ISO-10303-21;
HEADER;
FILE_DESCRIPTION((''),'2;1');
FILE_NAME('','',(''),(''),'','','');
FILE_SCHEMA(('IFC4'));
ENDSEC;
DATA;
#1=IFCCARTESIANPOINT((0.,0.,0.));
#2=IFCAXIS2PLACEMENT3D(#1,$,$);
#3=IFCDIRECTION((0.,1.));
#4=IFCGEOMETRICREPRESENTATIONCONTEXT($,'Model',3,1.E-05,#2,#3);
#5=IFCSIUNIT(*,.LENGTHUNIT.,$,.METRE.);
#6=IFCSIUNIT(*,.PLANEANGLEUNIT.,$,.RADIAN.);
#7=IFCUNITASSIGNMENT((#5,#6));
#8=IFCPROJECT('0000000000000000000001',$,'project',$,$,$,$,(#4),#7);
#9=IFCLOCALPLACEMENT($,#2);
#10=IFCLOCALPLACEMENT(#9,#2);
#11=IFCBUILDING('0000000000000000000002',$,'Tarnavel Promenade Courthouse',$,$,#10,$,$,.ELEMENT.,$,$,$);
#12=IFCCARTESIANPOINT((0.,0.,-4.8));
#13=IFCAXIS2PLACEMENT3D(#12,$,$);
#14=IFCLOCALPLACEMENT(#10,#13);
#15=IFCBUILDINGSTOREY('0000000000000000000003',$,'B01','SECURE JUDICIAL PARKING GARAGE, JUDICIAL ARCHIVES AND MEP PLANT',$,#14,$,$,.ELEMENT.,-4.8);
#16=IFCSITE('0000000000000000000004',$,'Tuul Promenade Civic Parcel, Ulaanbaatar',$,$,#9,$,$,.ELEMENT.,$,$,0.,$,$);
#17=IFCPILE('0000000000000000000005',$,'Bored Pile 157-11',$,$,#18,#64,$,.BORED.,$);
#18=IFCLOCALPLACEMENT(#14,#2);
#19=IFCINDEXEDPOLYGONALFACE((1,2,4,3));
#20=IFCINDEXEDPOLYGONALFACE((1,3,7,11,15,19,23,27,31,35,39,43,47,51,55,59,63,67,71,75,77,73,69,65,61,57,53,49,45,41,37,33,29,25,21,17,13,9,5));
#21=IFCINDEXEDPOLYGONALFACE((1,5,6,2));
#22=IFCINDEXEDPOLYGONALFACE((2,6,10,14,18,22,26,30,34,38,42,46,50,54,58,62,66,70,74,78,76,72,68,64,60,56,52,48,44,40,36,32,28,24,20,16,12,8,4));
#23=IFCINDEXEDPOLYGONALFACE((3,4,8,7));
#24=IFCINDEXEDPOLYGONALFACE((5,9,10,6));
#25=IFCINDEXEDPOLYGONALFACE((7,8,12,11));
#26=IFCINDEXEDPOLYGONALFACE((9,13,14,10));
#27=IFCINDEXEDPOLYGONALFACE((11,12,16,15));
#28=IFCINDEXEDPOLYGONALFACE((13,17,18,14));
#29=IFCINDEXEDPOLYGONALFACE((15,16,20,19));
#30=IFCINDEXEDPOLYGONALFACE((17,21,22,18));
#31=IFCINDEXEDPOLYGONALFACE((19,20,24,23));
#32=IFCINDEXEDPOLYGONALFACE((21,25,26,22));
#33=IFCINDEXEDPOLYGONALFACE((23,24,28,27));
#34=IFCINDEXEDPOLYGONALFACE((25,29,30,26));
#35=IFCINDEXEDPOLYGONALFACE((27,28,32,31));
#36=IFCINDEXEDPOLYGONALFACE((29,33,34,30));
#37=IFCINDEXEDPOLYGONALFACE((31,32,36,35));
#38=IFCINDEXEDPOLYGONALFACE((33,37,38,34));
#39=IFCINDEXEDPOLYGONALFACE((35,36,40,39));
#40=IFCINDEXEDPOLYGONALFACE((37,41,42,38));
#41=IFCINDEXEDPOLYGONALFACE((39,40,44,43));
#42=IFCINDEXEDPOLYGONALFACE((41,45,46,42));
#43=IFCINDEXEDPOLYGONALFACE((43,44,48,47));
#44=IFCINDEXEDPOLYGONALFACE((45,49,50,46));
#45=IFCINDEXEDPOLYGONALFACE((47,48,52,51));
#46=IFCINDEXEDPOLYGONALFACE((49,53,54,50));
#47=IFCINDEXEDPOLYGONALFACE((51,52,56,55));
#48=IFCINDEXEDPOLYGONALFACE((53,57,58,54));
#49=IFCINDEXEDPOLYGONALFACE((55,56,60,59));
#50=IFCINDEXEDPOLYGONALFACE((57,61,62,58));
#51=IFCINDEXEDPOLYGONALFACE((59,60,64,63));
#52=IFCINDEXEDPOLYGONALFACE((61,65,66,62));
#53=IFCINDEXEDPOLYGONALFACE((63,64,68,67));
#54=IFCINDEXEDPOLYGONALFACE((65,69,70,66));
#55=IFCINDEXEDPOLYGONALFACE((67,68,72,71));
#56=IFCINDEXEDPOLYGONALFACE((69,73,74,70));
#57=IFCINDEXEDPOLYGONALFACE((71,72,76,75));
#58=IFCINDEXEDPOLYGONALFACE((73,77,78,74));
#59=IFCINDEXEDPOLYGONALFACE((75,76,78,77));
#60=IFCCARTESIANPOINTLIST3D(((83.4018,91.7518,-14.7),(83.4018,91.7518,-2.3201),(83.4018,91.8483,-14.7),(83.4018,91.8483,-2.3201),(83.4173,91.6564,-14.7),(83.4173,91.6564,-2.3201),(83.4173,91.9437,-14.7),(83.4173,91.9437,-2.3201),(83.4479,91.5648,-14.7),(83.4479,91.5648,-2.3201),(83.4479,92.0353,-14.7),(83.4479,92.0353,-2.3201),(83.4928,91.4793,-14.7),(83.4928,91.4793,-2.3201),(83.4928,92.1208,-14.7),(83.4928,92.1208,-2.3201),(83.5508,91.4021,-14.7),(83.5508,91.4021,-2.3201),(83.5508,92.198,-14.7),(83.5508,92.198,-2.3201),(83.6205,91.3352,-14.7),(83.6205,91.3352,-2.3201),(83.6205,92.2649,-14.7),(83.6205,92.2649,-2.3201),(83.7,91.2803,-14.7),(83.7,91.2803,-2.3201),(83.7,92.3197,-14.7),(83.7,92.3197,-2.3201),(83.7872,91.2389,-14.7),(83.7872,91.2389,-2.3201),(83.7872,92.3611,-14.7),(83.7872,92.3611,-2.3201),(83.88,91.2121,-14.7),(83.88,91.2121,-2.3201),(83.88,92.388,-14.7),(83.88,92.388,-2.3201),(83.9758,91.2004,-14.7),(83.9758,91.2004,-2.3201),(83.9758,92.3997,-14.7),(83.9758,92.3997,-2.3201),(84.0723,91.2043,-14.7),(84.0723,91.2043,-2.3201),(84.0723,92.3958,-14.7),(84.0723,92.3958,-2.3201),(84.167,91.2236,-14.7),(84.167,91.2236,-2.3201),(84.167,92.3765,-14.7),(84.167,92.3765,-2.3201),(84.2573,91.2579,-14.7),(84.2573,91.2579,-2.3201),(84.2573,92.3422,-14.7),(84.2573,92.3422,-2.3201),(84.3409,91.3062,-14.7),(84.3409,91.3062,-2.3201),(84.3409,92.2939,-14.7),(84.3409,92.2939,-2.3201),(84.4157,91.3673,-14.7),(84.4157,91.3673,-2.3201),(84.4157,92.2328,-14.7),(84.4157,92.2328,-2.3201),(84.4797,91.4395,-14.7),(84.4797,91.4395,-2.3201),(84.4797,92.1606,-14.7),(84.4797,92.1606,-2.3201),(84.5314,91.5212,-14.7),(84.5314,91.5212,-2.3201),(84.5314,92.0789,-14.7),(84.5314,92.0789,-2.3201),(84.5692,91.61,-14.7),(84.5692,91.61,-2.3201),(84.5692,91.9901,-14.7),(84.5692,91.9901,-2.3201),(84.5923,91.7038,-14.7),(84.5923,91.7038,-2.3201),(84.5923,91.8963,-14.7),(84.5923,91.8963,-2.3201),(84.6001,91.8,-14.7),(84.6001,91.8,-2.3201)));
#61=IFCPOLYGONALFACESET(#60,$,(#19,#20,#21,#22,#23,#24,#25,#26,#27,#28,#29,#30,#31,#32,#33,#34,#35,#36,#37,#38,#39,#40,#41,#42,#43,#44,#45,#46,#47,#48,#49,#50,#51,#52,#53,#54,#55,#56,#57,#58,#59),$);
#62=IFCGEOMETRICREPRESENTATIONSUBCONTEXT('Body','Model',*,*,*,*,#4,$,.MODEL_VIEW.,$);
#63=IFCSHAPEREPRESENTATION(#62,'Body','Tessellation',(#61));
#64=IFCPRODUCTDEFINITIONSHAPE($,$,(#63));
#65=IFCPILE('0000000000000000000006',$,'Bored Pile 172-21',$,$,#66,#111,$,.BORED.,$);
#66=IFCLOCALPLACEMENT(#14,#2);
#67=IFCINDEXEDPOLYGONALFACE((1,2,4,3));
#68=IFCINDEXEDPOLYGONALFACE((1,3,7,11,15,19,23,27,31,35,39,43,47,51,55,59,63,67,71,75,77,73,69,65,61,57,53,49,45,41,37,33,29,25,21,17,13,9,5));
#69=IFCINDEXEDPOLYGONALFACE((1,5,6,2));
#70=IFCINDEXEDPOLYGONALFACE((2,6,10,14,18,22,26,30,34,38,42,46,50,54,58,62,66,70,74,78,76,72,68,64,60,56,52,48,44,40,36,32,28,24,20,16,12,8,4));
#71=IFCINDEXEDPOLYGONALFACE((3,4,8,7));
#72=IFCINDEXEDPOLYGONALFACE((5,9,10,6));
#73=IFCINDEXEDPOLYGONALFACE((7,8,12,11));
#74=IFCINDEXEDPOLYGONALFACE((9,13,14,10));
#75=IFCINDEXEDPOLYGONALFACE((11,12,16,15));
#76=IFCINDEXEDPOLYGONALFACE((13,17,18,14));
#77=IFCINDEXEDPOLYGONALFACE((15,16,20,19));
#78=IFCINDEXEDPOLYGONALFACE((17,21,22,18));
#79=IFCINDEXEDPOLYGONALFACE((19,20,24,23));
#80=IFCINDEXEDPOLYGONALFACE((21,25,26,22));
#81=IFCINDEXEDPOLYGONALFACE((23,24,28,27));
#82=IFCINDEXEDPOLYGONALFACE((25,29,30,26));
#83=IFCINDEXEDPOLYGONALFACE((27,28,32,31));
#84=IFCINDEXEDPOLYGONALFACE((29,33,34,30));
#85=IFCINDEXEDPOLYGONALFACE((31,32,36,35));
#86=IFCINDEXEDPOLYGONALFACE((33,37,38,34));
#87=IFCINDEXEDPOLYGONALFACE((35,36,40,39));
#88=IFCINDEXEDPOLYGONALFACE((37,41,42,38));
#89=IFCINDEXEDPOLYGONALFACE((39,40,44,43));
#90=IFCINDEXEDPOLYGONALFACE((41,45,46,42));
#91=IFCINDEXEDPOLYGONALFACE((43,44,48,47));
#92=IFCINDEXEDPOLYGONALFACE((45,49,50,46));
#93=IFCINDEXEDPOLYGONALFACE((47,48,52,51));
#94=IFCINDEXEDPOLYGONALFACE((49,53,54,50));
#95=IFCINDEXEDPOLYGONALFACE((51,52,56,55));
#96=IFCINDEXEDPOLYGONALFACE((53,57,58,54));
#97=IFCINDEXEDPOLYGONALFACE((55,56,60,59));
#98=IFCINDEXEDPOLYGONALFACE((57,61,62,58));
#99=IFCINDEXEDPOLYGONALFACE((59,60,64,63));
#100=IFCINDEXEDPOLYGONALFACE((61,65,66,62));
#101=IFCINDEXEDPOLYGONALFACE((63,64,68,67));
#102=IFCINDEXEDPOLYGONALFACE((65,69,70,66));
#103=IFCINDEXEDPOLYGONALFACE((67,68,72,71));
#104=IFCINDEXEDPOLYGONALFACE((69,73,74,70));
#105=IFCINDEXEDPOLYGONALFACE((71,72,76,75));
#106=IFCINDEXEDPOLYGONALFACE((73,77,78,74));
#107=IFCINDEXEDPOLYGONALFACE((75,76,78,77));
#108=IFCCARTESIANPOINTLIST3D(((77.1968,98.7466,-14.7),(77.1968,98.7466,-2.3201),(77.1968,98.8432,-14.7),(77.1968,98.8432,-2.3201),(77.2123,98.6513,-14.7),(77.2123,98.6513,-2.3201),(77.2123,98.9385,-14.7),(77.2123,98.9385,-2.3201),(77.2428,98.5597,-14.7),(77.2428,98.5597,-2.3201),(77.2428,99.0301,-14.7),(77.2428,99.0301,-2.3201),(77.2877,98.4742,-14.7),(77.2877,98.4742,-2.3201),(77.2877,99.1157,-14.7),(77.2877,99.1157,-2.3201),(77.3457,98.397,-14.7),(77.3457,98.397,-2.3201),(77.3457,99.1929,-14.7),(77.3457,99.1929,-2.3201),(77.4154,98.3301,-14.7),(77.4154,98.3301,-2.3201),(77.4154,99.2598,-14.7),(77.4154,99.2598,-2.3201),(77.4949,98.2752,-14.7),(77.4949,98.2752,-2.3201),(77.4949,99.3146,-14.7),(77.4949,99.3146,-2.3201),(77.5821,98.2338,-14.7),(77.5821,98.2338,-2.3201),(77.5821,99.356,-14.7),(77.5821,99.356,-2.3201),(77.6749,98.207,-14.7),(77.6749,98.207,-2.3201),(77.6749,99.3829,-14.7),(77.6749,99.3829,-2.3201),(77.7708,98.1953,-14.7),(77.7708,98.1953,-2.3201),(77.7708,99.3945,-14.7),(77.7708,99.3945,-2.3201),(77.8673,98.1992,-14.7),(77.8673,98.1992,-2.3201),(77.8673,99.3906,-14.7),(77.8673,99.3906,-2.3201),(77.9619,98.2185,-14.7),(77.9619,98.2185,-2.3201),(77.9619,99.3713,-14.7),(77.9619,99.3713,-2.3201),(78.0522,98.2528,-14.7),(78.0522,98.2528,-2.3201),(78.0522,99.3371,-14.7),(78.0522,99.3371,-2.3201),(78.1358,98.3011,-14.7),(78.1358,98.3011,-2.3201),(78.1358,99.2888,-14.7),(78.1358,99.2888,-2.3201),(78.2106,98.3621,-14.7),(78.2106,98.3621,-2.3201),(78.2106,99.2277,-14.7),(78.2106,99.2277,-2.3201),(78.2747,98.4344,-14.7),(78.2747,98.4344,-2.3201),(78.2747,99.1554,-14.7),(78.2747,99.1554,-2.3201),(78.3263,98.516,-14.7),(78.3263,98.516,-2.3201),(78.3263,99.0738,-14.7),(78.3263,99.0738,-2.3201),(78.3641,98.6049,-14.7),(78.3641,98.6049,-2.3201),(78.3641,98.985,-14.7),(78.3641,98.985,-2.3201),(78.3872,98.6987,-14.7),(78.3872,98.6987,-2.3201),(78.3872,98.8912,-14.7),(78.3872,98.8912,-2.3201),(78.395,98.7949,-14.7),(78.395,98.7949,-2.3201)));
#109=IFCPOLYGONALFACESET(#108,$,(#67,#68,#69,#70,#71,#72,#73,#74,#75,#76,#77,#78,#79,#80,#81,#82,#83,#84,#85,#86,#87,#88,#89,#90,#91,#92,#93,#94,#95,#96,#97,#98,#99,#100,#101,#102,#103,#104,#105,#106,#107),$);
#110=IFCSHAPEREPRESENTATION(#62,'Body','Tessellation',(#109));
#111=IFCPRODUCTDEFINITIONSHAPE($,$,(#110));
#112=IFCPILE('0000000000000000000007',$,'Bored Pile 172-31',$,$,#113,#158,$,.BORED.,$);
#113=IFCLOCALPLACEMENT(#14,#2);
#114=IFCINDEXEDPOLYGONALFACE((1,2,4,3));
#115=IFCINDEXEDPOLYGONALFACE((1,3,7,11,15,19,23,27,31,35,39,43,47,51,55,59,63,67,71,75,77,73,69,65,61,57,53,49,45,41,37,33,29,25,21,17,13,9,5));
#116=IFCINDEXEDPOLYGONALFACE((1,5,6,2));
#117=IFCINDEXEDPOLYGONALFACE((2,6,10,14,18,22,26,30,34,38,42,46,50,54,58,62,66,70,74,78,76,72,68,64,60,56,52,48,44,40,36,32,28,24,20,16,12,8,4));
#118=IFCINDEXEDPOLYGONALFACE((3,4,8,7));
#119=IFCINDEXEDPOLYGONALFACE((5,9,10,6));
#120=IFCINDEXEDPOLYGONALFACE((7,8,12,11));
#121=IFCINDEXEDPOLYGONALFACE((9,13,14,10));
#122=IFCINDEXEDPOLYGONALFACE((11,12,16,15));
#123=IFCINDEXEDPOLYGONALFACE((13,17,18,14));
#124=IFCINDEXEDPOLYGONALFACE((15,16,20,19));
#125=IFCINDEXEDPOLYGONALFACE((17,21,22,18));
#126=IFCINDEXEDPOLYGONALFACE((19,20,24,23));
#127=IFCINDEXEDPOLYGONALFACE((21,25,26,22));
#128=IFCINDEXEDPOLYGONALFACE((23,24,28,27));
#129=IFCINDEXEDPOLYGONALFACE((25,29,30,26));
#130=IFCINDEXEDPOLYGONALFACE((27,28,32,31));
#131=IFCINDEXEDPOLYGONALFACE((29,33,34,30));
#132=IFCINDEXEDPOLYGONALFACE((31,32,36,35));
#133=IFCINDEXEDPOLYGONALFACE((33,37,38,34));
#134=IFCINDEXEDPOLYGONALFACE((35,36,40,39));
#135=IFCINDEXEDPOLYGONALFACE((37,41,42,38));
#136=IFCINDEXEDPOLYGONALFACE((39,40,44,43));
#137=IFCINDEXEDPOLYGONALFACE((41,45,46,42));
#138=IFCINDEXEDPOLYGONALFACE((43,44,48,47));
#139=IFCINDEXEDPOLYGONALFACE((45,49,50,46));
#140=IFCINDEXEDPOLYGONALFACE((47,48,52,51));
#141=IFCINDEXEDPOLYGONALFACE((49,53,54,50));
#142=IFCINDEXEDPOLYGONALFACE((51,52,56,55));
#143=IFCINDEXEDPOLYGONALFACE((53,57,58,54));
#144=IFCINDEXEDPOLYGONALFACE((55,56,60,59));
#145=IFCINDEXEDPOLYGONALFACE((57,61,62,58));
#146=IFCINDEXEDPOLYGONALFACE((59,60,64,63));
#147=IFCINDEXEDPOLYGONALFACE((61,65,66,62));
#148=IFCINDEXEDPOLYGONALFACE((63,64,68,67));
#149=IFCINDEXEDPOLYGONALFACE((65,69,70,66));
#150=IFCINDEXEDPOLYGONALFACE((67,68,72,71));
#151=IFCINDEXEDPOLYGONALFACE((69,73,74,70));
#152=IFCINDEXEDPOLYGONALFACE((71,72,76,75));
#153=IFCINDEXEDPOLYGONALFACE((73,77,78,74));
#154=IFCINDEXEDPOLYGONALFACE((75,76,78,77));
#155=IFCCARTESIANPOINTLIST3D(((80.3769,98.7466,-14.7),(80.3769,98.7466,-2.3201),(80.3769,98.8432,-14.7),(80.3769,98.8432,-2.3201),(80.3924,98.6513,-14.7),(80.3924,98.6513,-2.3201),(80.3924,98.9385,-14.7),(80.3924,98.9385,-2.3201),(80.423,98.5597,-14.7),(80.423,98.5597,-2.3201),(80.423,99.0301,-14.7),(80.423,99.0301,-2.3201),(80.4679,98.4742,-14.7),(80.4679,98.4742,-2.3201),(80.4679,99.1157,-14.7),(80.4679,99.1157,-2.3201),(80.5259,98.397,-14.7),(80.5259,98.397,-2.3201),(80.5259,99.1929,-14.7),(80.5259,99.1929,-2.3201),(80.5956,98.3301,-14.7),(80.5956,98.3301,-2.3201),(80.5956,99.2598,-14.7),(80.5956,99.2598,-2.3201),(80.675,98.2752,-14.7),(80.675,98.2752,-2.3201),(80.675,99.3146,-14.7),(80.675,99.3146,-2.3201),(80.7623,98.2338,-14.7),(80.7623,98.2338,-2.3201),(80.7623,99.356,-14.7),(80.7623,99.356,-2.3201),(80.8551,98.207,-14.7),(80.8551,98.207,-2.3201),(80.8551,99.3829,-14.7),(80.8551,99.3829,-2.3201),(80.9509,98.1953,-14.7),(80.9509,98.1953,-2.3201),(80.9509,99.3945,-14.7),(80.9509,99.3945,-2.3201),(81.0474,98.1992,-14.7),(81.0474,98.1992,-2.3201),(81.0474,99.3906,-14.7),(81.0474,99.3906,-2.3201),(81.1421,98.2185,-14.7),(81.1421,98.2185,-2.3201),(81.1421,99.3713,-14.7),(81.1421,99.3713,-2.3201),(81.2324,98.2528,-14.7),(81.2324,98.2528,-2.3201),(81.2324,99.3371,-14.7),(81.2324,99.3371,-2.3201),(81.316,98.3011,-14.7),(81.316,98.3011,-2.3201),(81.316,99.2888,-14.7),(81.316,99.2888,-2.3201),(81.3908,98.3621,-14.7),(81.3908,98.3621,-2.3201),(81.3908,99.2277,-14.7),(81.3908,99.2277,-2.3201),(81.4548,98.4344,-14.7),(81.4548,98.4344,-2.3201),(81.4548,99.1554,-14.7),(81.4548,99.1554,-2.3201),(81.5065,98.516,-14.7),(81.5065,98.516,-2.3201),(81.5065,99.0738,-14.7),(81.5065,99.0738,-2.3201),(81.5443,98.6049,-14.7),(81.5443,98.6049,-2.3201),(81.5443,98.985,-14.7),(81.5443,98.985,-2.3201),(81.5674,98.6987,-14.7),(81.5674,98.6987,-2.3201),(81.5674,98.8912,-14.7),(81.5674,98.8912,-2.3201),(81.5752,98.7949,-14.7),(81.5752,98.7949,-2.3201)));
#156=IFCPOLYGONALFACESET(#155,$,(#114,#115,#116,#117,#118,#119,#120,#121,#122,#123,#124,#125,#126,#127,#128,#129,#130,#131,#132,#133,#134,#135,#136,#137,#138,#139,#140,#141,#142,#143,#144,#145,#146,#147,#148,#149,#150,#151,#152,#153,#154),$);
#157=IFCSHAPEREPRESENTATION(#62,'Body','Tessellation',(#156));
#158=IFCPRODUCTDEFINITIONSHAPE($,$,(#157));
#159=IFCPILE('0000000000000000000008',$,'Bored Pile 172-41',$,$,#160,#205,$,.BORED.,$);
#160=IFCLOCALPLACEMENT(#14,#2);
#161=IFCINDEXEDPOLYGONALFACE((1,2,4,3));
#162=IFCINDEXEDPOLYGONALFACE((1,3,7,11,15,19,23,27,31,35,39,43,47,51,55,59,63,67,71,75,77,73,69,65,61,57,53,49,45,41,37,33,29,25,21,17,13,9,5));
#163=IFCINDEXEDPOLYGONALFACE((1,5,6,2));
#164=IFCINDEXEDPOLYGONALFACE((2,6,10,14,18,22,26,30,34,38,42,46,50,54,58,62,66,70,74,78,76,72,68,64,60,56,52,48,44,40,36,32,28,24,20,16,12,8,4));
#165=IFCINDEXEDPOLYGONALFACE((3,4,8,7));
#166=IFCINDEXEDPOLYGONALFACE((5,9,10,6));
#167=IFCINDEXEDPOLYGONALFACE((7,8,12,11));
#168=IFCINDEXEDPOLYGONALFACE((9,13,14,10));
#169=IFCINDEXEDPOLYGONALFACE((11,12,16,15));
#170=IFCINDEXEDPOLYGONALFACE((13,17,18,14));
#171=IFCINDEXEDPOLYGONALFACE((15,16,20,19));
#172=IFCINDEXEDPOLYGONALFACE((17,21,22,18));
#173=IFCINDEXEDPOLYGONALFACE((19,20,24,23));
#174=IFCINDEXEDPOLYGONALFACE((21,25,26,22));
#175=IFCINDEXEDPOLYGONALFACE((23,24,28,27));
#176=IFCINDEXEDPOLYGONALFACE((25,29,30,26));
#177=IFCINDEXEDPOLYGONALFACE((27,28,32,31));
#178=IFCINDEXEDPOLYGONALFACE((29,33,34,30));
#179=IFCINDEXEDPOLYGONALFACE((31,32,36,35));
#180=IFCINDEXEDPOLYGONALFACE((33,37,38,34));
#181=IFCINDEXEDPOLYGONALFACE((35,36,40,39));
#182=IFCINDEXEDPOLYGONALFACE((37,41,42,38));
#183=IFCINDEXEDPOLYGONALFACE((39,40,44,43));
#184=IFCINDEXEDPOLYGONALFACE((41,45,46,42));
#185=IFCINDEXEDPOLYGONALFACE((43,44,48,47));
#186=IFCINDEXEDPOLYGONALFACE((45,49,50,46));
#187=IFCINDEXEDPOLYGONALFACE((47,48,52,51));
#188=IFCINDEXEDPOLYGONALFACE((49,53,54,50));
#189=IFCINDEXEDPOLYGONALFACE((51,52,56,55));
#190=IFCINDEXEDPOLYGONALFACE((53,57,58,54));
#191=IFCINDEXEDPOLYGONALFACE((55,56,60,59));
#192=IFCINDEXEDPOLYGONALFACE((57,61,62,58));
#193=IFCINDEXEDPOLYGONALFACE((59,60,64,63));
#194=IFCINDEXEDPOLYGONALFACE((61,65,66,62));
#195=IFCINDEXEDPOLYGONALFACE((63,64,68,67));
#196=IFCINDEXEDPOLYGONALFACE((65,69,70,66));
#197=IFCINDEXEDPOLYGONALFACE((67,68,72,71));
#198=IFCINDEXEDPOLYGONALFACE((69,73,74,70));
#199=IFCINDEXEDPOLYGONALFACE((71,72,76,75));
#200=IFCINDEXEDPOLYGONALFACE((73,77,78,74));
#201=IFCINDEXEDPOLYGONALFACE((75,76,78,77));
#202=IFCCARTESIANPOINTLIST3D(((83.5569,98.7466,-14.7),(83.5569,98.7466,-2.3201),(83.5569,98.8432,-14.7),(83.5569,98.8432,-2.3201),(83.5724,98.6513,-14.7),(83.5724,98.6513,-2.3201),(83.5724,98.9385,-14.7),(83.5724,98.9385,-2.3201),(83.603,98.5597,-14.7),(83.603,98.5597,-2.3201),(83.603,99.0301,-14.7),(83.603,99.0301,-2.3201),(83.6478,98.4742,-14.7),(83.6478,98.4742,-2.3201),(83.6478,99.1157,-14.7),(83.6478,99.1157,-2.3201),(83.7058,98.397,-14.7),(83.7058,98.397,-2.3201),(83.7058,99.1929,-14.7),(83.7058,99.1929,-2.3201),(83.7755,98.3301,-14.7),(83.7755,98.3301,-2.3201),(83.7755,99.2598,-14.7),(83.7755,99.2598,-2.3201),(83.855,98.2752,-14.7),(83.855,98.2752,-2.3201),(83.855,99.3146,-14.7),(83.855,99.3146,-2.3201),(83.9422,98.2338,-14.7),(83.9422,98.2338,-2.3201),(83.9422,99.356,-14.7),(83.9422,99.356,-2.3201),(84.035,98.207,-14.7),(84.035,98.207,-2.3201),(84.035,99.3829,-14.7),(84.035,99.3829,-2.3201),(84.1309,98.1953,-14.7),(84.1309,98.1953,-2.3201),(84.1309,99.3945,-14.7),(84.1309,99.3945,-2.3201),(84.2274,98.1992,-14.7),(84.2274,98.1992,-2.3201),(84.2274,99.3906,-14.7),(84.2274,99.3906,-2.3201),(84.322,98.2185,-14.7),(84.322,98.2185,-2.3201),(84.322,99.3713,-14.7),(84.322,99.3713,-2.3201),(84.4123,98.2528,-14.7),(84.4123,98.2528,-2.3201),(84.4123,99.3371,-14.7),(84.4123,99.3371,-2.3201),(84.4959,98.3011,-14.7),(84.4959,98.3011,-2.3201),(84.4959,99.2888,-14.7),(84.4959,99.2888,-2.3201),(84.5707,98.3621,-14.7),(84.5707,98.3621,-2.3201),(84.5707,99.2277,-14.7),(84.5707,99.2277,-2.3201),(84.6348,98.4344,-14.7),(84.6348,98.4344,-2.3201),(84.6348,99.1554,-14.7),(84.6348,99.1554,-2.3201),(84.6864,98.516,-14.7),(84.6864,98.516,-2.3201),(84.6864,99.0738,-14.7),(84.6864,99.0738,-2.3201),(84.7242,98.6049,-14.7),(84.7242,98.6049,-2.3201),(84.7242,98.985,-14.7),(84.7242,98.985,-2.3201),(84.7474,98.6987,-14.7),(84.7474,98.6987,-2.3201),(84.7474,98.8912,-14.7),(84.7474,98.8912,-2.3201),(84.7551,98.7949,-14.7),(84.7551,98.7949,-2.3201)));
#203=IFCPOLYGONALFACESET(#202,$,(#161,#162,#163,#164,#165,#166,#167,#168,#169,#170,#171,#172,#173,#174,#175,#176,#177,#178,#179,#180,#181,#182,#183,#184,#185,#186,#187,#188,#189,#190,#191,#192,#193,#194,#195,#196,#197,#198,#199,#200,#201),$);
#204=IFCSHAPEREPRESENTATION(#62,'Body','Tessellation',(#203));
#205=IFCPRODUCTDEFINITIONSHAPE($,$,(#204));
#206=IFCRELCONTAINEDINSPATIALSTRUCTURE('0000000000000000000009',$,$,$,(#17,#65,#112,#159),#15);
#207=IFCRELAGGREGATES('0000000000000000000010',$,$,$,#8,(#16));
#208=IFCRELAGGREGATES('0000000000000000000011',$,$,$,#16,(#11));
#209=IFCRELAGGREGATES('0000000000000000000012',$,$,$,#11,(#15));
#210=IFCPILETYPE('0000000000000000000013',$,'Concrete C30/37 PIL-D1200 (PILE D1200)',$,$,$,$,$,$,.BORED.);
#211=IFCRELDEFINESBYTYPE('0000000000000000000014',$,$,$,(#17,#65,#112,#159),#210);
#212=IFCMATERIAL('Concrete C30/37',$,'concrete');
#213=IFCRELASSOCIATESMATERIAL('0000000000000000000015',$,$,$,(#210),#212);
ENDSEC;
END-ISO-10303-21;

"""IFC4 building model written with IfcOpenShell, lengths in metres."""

from ifc_helpers import new_model, si_unit, direction, frame, origin, origin_2d, place, context, subcontext, project, spatial, circle, extrude, material, material_profile, profile_set, type_object, element, save


model = new_model("IFC4")

# Units and contexts
model_context = context("Model", 3, precision=1e-05, world=origin(), true_north=direction((0.0, 1.0)))
body_context = subcontext(model_context, "Body", "Model", "MODEL_VIEW")
ifc_project = project(units=[si_unit("LENGTHUNIT", "METRE"), si_unit("PLANEANGLEUNIT", "RADIAN")], contexts=[model_context])

# Site, building, storey
site_placement = place(None, origin())
site = spatial("IfcSite", under=ifc_project, at=site_placement, Name="Tuul Promenade Civic Parcel, Ulaanbaatar", CompositionType="ELEMENT", RefElevation=0.0)
building_placement = place(site_placement, origin())
building = spatial("IfcBuilding", under=site, at=building_placement, Name="Tarnavel Promenade Courthouse", CompositionType="ELEMENT")
storey_placement = place(building_placement, frame((0.0, 0.0, -4.8)))
storey = spatial("IfcBuildingStorey", under=building, at=storey_placement, Name="B01", Description="SECURE JUDICIAL PARKING GARAGE, JUDICIAL ARCHIVES AND MEP PLANT", CompositionType="ELEMENT", Elevation=-4.8)

# Piles
ifc_material_1 = material(Name="Concrete C30/37", Category="concrete")
ifc_material_profile_1 = material_profile(ifc_material_1, circle(Radius=0.6001, at=origin_2d()), Name="PILE D1200")
ifc_profile_set_1 = profile_set([ifc_material_profile_1], Name="Concrete C30/37")
pile_type = type_object("IfcPileType", Name="Concrete C30/37 PIL-D1200 (PILE D1200)", PredefinedType="BORED", material=ifc_profile_set_1)
for number, where, z_axis, x_axis, name in (
    (1, (84.0, 91.8, -2.3201), (0.0, 0.0, -1.0), (1.0, 0.0, 0.0), "Bored Pile 157-11"),
    (2, (77.7949, 98.7949, -2.3201), (0.0, 0.0, -1.0), (1.0, 0.0, 0.0), "Bored Pile 172-21"),
    (3, (80.9751, 98.7949, -2.3201), (0.0, 0.0, -1.0), (1.0, 0.0, 0.0), "Bored Pile 172-31"),
    (4, (84.155, 98.7949, -2.3201), (0.0, 0.0, -1.0), (1.0, 0.0, 0.0), "Bored Pile 172-41"),
):
    element("IfcPile", number, at=place(storey_placement, frame(where, z_axis=z_axis, x_axis=x_axis)), inside=storey, type_object=pile_type, Name=name, PredefinedType="BORED", context=body_context, shape_type="SweptSolid", body=[
        extrude(circle(Radius=0.6001, at=origin_2d()), origin(), (0.0, 0.0, 1.0), 12.3799),
    ])

save(model, "model.ifc")
